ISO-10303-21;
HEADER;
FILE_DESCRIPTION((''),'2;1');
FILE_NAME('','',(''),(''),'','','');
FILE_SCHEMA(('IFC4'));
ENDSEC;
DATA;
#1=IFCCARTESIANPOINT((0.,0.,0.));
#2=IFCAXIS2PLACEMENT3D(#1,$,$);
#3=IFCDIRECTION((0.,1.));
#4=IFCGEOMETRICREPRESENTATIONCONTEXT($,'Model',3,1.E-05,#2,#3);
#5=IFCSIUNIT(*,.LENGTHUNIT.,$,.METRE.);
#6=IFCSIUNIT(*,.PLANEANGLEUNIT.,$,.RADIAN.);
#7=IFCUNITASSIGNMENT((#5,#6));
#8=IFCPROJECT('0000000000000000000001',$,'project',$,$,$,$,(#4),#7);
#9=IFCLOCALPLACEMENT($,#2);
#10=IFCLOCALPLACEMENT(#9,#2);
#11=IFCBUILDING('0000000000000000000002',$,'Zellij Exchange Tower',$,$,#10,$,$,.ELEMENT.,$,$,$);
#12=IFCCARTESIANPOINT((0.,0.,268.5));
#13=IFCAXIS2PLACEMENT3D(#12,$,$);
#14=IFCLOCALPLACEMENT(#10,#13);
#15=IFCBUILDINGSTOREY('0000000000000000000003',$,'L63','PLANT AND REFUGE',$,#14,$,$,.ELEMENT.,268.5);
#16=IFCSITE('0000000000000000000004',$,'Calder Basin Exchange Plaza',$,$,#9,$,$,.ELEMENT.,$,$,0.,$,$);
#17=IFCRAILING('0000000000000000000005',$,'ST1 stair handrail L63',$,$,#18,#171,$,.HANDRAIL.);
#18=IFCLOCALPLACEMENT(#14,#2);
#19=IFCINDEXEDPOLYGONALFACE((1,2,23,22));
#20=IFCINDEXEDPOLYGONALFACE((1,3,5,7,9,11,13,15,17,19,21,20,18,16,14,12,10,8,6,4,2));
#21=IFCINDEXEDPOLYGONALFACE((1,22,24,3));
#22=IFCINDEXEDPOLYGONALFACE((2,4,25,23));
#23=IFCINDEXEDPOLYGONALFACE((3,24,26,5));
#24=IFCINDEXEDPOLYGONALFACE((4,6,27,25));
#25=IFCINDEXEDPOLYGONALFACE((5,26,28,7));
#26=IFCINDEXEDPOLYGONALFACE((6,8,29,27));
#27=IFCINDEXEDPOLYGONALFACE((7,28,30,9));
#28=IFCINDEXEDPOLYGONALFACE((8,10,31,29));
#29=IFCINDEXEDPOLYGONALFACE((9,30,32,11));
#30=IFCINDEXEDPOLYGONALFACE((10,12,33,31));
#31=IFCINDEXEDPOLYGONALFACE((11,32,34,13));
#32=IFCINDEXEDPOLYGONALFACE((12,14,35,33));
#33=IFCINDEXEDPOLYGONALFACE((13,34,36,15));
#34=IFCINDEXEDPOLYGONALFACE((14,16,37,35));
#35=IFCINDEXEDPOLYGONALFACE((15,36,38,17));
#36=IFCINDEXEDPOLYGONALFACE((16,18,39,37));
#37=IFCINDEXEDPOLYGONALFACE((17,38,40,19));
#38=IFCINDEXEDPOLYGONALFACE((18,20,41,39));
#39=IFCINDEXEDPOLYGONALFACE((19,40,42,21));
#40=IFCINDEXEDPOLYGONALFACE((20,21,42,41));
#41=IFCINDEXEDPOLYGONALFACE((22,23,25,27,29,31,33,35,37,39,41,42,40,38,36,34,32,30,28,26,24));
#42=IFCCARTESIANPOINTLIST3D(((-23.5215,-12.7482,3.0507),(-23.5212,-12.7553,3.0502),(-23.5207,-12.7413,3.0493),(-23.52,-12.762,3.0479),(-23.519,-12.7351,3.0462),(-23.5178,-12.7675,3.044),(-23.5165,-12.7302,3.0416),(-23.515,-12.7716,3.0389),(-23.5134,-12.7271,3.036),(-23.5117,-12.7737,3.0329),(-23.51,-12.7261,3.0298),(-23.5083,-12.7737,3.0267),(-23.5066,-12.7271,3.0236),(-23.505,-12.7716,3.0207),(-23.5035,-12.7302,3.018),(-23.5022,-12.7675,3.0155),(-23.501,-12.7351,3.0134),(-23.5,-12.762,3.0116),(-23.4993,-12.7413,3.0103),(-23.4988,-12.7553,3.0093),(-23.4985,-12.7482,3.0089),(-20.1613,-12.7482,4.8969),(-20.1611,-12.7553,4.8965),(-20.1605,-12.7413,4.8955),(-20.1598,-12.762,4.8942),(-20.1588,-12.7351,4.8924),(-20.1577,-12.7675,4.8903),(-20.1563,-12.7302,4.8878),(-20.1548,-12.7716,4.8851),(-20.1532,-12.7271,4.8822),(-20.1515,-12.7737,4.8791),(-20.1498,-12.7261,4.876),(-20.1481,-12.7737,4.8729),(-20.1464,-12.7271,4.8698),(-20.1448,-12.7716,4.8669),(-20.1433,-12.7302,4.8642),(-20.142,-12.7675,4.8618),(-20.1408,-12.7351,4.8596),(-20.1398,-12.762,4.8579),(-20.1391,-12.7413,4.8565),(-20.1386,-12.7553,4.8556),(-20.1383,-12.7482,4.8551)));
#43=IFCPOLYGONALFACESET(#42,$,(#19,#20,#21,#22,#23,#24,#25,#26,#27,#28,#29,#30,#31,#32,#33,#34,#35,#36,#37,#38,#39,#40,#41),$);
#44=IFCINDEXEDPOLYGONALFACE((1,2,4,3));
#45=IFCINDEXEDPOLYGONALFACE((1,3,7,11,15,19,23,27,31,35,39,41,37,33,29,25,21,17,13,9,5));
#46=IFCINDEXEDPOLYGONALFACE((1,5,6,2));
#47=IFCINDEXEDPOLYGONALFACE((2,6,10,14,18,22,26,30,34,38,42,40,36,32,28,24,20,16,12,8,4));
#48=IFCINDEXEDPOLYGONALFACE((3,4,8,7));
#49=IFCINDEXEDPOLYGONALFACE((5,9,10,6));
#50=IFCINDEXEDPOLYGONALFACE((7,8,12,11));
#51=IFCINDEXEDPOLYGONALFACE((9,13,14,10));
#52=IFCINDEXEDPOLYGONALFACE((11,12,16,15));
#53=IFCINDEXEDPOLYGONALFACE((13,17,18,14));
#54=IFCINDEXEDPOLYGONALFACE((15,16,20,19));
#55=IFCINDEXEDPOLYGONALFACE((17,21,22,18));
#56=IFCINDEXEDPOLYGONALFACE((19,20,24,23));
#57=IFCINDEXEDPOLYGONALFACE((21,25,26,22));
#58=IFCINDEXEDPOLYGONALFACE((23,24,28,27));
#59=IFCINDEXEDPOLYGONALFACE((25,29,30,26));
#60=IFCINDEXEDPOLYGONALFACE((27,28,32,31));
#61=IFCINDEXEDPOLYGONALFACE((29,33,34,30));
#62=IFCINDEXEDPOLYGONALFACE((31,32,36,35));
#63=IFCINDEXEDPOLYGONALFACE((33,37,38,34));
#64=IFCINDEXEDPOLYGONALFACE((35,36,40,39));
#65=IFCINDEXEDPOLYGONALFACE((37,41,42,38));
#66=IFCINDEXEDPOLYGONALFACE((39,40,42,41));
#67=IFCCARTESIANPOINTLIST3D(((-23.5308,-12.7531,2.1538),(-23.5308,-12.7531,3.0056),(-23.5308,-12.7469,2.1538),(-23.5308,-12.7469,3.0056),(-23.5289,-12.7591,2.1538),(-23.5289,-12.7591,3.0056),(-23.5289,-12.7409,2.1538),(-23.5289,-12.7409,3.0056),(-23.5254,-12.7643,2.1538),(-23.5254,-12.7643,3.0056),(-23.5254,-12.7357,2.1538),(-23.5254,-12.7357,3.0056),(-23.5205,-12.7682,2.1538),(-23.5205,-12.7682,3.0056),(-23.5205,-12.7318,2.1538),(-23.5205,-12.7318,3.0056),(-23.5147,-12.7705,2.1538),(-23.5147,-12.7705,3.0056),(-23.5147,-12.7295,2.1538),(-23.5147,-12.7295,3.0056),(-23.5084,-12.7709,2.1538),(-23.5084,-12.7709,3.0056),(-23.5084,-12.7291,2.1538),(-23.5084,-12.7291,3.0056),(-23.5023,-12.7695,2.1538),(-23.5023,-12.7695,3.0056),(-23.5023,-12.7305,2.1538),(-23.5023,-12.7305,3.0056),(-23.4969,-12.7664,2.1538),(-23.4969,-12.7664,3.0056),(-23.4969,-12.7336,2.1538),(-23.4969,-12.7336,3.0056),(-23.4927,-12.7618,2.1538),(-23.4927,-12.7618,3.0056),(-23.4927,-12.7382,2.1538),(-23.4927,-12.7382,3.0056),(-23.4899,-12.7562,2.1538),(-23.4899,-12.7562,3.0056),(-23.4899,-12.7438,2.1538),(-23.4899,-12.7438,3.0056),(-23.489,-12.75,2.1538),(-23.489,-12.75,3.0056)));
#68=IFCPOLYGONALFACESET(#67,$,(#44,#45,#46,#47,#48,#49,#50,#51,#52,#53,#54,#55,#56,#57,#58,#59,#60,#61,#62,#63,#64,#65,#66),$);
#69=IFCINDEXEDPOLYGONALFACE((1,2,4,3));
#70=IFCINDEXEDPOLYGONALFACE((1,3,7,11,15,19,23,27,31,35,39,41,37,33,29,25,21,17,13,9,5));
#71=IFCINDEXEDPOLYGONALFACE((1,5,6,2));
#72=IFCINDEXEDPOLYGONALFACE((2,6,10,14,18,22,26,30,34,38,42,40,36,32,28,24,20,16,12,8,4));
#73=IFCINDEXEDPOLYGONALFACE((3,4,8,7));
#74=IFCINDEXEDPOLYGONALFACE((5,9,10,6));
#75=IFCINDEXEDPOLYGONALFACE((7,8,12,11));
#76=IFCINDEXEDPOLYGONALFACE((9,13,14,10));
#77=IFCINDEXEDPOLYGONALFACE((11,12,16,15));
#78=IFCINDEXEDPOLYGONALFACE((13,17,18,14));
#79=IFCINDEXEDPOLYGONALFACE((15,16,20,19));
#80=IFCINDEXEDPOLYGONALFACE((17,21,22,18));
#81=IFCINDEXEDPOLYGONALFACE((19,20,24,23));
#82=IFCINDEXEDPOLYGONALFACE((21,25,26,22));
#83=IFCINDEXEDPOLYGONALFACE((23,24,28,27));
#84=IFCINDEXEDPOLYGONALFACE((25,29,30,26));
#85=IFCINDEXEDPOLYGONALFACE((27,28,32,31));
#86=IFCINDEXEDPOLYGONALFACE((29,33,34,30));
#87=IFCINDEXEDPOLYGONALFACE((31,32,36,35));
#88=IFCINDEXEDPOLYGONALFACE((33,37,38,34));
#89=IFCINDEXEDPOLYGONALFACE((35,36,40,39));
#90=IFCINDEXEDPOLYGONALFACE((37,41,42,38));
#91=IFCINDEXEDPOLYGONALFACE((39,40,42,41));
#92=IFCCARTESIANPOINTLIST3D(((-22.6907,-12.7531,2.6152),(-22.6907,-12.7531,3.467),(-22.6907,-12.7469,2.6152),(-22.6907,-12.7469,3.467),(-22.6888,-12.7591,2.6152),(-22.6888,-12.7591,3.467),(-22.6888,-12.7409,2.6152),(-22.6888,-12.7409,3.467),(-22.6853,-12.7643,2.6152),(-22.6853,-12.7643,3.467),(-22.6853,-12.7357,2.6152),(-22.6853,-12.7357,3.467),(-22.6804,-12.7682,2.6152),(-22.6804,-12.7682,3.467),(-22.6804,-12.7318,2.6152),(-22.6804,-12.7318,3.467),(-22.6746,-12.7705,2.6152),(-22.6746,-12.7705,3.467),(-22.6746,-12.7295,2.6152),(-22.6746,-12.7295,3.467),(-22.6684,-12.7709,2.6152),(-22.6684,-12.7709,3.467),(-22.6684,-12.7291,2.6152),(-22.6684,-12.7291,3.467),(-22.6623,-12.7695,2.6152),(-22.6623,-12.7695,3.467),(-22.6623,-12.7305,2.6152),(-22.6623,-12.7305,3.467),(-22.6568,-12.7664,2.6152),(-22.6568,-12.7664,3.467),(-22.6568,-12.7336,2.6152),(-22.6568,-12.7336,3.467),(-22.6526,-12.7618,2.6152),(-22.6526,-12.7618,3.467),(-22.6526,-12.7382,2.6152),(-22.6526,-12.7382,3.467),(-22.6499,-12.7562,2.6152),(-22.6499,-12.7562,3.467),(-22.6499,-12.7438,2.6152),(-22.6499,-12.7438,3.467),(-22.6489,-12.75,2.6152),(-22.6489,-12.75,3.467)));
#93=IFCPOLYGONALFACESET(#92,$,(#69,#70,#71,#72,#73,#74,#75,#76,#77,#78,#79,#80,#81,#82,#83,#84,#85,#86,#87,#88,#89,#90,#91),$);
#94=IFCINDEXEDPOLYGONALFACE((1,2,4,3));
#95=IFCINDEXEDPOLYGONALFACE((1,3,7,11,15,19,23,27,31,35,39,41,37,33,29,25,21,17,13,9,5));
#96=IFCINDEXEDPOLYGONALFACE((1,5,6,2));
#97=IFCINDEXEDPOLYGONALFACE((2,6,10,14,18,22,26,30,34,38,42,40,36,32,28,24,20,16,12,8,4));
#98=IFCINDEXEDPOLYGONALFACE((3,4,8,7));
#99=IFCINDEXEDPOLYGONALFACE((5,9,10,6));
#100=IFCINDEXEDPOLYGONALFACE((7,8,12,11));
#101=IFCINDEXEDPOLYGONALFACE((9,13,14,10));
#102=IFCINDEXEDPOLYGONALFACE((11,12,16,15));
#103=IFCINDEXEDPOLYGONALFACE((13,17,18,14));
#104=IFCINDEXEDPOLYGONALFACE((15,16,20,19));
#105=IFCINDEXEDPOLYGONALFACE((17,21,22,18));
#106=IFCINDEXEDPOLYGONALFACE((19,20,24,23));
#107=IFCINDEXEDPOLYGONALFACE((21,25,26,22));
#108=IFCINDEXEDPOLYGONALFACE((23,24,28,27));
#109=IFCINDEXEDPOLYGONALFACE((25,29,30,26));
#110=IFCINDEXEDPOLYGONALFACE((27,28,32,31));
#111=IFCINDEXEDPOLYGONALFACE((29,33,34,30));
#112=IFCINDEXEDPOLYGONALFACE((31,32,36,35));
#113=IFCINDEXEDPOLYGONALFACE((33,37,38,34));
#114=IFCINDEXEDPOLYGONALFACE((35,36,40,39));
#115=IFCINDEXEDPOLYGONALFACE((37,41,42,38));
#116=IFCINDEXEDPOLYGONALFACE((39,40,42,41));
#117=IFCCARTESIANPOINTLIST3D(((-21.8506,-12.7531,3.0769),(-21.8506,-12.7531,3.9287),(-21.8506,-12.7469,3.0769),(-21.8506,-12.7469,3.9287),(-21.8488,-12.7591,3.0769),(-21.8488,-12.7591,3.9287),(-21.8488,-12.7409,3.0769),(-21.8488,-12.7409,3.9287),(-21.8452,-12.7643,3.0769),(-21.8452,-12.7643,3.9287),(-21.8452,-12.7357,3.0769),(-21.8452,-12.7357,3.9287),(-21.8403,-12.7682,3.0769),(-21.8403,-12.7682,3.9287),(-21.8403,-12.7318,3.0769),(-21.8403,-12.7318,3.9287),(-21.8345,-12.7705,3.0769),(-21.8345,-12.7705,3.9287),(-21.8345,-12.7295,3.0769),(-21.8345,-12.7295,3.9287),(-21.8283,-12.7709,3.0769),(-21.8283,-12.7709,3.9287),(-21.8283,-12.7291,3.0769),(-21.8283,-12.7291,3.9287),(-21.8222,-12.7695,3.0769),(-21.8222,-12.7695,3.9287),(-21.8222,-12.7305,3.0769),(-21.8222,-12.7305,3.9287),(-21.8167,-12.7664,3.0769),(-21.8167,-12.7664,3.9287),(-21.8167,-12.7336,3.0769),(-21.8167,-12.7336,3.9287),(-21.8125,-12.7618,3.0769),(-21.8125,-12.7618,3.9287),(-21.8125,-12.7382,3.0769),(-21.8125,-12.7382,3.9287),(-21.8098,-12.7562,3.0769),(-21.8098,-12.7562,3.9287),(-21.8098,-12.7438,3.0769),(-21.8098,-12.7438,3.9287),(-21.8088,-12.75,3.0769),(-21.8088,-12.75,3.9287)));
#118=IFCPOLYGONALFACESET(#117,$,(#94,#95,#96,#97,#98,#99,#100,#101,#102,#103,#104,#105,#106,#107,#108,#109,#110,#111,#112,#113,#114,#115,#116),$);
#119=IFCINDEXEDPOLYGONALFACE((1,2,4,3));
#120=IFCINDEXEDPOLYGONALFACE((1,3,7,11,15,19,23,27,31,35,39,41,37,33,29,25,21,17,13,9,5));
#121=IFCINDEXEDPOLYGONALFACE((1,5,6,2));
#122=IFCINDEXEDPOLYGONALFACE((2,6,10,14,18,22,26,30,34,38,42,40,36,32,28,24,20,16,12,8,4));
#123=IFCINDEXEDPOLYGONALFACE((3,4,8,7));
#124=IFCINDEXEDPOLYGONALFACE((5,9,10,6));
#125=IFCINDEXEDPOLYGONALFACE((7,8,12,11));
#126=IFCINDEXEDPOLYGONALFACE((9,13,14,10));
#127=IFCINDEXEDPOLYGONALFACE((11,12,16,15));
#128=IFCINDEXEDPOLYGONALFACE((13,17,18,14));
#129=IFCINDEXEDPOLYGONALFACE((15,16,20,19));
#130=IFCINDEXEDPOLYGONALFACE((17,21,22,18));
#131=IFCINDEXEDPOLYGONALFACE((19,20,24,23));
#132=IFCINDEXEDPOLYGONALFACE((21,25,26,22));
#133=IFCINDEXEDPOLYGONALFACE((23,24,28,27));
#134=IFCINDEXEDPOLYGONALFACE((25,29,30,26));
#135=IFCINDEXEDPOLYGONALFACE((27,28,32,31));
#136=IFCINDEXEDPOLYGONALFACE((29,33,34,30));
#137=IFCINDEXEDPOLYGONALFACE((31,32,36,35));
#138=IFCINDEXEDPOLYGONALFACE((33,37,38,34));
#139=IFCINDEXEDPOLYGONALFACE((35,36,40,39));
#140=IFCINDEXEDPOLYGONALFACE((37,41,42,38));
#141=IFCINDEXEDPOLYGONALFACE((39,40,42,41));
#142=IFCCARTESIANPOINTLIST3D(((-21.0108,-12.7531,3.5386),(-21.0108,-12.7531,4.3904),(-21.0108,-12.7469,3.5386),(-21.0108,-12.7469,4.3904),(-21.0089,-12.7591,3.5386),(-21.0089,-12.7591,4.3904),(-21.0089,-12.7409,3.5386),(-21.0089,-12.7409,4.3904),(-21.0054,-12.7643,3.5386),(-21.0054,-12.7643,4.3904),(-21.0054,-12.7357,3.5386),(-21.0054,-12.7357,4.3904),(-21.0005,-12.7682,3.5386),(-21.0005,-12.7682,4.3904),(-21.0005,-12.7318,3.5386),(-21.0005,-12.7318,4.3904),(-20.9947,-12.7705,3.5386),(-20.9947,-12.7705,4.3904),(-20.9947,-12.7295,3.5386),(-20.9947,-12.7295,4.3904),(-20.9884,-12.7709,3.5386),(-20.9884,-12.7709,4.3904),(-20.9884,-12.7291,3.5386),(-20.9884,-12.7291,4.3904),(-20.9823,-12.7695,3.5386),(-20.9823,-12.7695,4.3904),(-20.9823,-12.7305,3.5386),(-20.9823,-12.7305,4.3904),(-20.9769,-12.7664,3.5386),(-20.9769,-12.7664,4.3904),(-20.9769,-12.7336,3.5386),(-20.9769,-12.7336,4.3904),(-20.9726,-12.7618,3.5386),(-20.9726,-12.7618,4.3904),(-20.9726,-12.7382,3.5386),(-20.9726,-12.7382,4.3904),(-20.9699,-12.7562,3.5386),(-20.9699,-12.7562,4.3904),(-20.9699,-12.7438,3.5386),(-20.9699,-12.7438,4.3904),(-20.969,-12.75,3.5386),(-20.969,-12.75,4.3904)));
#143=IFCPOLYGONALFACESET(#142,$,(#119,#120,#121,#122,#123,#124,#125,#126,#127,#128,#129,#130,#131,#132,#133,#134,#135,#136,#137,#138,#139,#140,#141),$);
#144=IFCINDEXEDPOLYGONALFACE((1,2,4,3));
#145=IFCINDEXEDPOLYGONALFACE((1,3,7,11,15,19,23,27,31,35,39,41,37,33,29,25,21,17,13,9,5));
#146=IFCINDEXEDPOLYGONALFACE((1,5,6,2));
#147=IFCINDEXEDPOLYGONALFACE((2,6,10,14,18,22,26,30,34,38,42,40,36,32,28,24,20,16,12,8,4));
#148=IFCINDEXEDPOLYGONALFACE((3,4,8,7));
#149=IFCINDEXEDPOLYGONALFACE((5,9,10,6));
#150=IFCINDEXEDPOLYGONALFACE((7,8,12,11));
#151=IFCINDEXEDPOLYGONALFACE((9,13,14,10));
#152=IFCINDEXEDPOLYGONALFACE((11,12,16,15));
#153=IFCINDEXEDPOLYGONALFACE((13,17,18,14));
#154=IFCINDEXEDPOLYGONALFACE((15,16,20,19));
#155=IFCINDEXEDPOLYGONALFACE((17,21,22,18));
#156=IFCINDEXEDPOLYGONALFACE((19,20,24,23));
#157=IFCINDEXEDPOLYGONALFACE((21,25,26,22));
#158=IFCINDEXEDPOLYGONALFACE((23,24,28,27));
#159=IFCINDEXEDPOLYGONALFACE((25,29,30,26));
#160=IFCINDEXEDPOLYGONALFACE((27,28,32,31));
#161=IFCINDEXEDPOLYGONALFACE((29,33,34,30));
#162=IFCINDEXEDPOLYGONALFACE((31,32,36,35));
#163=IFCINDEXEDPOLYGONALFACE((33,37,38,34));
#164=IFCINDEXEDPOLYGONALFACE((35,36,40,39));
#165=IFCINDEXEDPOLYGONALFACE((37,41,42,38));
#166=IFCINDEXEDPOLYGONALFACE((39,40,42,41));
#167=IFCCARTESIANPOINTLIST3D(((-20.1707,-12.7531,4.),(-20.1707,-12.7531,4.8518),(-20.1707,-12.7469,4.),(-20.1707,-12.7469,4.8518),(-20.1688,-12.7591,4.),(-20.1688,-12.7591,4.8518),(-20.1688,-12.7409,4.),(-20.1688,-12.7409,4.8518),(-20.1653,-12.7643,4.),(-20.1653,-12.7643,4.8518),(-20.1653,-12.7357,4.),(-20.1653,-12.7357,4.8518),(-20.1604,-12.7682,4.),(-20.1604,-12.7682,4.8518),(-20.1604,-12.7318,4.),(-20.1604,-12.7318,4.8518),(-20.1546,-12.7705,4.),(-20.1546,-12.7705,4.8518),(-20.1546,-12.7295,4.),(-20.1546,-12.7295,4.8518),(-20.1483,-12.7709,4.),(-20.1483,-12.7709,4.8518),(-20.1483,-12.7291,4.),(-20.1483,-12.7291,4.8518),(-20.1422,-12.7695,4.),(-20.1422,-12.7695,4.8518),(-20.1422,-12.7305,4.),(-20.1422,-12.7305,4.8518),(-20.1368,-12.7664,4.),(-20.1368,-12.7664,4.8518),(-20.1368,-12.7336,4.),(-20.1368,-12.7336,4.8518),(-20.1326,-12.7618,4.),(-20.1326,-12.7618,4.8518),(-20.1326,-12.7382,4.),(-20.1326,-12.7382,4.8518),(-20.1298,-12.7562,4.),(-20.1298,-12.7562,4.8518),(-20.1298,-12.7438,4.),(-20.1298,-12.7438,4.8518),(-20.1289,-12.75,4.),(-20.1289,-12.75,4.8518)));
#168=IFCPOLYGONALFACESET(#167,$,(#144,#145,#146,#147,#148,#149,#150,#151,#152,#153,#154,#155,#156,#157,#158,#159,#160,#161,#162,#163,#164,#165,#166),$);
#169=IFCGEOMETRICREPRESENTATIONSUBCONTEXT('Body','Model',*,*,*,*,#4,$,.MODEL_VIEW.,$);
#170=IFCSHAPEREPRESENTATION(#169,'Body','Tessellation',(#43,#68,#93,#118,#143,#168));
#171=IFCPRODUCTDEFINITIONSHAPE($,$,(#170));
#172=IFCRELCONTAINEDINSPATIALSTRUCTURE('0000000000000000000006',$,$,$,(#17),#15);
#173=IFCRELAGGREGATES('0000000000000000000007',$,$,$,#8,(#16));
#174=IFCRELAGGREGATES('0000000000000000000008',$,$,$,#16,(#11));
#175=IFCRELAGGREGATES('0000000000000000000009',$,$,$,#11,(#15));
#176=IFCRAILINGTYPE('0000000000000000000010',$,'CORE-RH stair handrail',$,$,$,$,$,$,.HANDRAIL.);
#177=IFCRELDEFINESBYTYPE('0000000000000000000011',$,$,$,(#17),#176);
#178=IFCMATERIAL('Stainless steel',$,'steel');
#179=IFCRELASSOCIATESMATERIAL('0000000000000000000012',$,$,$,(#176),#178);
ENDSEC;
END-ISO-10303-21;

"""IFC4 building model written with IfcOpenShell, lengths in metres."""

from ifc_helpers import new_model, si_unit, direction, frame, origin, origin_2d, place, context, subcontext, project, spatial, circle, extrude, material, type_object, element, save


model = new_model("IFC4")

# Units and contexts
model_context = context("Model", 3, precision=1e-05, world=origin(), true_north=direction((0.0, 1.0)))
body_context = subcontext(model_context, "Body", "Model", "MODEL_VIEW")
ifc_project = project(units=[si_unit("LENGTHUNIT", "METRE"), si_unit("PLANEANGLEUNIT", "RADIAN")], contexts=[model_context])

# Site, building, storey
site_placement = place(None, origin())
site = spatial("IfcSite", under=ifc_project, at=site_placement, Name="Calder Basin Exchange Plaza", CompositionType="ELEMENT", RefElevation=0.0)
building_placement = place(site_placement, origin())
building = spatial("IfcBuilding", under=site, at=building_placement, Name="Zellij Exchange Tower", CompositionType="ELEMENT")
storey_placement = place(building_placement, frame((0.0, 0.0, 268.5)))
storey = spatial("IfcBuildingStorey", under=building, at=storey_placement, Name="L63", Description="PLANT AND REFUGE", CompositionType="ELEMENT", Elevation=268.5)

# Railing
ifc_material_1 = material(Name="Stainless steel", Category="steel")
railing_type = type_object("IfcRailingType", Name="CORE-RH stair handrail", PredefinedType="HANDRAIL", material=ifc_material_1)
railing_placement = place(storey_placement, frame((-23.51, -12.75, 2.1538)))
element("IfcRailing", 1, at=railing_placement, inside=storey, type_object=railing_type, Name="ST1 stair handrail L63", PredefinedType="HANDRAIL", context=body_context, shape_type="SweptSolid", body=[
    extrude(circle(Radius=0.0239, at=origin_2d()), frame((0.0, 0.0, 0.876), z_axis=(0.876422, 0.0, 0.481545), x_axis=(0.0, 1.0, 0.0)), (0.0, 0.0, 1.0), 3.834),
    extrude(circle(Radius=0.021, at=origin_2d()), origin(), (0.0, 0.0, 1.0), 0.8518),
    extrude(circle(Radius=0.021, at=origin_2d()), frame((0.8401, 0.0, 0.4614)), (0.0, 0.0, 1.0), 0.8518),
    extrude(circle(Radius=0.021, at=origin_2d()), frame((1.6802, 0.0, 0.9231)), (0.0, 0.0, 1.0), 0.8518),
    extrude(circle(Radius=0.021, at=origin_2d()), frame((2.52, 0.0, 1.3848)), (0.0, 0.0, 1.0), 0.8518),
    extrude(circle(Radius=0.021, at=origin_2d()), frame((3.3601, 0.0, 1.8462)), (0.0, 0.0, 1.0), 0.8518),
])

save(model, "model.ifc")
